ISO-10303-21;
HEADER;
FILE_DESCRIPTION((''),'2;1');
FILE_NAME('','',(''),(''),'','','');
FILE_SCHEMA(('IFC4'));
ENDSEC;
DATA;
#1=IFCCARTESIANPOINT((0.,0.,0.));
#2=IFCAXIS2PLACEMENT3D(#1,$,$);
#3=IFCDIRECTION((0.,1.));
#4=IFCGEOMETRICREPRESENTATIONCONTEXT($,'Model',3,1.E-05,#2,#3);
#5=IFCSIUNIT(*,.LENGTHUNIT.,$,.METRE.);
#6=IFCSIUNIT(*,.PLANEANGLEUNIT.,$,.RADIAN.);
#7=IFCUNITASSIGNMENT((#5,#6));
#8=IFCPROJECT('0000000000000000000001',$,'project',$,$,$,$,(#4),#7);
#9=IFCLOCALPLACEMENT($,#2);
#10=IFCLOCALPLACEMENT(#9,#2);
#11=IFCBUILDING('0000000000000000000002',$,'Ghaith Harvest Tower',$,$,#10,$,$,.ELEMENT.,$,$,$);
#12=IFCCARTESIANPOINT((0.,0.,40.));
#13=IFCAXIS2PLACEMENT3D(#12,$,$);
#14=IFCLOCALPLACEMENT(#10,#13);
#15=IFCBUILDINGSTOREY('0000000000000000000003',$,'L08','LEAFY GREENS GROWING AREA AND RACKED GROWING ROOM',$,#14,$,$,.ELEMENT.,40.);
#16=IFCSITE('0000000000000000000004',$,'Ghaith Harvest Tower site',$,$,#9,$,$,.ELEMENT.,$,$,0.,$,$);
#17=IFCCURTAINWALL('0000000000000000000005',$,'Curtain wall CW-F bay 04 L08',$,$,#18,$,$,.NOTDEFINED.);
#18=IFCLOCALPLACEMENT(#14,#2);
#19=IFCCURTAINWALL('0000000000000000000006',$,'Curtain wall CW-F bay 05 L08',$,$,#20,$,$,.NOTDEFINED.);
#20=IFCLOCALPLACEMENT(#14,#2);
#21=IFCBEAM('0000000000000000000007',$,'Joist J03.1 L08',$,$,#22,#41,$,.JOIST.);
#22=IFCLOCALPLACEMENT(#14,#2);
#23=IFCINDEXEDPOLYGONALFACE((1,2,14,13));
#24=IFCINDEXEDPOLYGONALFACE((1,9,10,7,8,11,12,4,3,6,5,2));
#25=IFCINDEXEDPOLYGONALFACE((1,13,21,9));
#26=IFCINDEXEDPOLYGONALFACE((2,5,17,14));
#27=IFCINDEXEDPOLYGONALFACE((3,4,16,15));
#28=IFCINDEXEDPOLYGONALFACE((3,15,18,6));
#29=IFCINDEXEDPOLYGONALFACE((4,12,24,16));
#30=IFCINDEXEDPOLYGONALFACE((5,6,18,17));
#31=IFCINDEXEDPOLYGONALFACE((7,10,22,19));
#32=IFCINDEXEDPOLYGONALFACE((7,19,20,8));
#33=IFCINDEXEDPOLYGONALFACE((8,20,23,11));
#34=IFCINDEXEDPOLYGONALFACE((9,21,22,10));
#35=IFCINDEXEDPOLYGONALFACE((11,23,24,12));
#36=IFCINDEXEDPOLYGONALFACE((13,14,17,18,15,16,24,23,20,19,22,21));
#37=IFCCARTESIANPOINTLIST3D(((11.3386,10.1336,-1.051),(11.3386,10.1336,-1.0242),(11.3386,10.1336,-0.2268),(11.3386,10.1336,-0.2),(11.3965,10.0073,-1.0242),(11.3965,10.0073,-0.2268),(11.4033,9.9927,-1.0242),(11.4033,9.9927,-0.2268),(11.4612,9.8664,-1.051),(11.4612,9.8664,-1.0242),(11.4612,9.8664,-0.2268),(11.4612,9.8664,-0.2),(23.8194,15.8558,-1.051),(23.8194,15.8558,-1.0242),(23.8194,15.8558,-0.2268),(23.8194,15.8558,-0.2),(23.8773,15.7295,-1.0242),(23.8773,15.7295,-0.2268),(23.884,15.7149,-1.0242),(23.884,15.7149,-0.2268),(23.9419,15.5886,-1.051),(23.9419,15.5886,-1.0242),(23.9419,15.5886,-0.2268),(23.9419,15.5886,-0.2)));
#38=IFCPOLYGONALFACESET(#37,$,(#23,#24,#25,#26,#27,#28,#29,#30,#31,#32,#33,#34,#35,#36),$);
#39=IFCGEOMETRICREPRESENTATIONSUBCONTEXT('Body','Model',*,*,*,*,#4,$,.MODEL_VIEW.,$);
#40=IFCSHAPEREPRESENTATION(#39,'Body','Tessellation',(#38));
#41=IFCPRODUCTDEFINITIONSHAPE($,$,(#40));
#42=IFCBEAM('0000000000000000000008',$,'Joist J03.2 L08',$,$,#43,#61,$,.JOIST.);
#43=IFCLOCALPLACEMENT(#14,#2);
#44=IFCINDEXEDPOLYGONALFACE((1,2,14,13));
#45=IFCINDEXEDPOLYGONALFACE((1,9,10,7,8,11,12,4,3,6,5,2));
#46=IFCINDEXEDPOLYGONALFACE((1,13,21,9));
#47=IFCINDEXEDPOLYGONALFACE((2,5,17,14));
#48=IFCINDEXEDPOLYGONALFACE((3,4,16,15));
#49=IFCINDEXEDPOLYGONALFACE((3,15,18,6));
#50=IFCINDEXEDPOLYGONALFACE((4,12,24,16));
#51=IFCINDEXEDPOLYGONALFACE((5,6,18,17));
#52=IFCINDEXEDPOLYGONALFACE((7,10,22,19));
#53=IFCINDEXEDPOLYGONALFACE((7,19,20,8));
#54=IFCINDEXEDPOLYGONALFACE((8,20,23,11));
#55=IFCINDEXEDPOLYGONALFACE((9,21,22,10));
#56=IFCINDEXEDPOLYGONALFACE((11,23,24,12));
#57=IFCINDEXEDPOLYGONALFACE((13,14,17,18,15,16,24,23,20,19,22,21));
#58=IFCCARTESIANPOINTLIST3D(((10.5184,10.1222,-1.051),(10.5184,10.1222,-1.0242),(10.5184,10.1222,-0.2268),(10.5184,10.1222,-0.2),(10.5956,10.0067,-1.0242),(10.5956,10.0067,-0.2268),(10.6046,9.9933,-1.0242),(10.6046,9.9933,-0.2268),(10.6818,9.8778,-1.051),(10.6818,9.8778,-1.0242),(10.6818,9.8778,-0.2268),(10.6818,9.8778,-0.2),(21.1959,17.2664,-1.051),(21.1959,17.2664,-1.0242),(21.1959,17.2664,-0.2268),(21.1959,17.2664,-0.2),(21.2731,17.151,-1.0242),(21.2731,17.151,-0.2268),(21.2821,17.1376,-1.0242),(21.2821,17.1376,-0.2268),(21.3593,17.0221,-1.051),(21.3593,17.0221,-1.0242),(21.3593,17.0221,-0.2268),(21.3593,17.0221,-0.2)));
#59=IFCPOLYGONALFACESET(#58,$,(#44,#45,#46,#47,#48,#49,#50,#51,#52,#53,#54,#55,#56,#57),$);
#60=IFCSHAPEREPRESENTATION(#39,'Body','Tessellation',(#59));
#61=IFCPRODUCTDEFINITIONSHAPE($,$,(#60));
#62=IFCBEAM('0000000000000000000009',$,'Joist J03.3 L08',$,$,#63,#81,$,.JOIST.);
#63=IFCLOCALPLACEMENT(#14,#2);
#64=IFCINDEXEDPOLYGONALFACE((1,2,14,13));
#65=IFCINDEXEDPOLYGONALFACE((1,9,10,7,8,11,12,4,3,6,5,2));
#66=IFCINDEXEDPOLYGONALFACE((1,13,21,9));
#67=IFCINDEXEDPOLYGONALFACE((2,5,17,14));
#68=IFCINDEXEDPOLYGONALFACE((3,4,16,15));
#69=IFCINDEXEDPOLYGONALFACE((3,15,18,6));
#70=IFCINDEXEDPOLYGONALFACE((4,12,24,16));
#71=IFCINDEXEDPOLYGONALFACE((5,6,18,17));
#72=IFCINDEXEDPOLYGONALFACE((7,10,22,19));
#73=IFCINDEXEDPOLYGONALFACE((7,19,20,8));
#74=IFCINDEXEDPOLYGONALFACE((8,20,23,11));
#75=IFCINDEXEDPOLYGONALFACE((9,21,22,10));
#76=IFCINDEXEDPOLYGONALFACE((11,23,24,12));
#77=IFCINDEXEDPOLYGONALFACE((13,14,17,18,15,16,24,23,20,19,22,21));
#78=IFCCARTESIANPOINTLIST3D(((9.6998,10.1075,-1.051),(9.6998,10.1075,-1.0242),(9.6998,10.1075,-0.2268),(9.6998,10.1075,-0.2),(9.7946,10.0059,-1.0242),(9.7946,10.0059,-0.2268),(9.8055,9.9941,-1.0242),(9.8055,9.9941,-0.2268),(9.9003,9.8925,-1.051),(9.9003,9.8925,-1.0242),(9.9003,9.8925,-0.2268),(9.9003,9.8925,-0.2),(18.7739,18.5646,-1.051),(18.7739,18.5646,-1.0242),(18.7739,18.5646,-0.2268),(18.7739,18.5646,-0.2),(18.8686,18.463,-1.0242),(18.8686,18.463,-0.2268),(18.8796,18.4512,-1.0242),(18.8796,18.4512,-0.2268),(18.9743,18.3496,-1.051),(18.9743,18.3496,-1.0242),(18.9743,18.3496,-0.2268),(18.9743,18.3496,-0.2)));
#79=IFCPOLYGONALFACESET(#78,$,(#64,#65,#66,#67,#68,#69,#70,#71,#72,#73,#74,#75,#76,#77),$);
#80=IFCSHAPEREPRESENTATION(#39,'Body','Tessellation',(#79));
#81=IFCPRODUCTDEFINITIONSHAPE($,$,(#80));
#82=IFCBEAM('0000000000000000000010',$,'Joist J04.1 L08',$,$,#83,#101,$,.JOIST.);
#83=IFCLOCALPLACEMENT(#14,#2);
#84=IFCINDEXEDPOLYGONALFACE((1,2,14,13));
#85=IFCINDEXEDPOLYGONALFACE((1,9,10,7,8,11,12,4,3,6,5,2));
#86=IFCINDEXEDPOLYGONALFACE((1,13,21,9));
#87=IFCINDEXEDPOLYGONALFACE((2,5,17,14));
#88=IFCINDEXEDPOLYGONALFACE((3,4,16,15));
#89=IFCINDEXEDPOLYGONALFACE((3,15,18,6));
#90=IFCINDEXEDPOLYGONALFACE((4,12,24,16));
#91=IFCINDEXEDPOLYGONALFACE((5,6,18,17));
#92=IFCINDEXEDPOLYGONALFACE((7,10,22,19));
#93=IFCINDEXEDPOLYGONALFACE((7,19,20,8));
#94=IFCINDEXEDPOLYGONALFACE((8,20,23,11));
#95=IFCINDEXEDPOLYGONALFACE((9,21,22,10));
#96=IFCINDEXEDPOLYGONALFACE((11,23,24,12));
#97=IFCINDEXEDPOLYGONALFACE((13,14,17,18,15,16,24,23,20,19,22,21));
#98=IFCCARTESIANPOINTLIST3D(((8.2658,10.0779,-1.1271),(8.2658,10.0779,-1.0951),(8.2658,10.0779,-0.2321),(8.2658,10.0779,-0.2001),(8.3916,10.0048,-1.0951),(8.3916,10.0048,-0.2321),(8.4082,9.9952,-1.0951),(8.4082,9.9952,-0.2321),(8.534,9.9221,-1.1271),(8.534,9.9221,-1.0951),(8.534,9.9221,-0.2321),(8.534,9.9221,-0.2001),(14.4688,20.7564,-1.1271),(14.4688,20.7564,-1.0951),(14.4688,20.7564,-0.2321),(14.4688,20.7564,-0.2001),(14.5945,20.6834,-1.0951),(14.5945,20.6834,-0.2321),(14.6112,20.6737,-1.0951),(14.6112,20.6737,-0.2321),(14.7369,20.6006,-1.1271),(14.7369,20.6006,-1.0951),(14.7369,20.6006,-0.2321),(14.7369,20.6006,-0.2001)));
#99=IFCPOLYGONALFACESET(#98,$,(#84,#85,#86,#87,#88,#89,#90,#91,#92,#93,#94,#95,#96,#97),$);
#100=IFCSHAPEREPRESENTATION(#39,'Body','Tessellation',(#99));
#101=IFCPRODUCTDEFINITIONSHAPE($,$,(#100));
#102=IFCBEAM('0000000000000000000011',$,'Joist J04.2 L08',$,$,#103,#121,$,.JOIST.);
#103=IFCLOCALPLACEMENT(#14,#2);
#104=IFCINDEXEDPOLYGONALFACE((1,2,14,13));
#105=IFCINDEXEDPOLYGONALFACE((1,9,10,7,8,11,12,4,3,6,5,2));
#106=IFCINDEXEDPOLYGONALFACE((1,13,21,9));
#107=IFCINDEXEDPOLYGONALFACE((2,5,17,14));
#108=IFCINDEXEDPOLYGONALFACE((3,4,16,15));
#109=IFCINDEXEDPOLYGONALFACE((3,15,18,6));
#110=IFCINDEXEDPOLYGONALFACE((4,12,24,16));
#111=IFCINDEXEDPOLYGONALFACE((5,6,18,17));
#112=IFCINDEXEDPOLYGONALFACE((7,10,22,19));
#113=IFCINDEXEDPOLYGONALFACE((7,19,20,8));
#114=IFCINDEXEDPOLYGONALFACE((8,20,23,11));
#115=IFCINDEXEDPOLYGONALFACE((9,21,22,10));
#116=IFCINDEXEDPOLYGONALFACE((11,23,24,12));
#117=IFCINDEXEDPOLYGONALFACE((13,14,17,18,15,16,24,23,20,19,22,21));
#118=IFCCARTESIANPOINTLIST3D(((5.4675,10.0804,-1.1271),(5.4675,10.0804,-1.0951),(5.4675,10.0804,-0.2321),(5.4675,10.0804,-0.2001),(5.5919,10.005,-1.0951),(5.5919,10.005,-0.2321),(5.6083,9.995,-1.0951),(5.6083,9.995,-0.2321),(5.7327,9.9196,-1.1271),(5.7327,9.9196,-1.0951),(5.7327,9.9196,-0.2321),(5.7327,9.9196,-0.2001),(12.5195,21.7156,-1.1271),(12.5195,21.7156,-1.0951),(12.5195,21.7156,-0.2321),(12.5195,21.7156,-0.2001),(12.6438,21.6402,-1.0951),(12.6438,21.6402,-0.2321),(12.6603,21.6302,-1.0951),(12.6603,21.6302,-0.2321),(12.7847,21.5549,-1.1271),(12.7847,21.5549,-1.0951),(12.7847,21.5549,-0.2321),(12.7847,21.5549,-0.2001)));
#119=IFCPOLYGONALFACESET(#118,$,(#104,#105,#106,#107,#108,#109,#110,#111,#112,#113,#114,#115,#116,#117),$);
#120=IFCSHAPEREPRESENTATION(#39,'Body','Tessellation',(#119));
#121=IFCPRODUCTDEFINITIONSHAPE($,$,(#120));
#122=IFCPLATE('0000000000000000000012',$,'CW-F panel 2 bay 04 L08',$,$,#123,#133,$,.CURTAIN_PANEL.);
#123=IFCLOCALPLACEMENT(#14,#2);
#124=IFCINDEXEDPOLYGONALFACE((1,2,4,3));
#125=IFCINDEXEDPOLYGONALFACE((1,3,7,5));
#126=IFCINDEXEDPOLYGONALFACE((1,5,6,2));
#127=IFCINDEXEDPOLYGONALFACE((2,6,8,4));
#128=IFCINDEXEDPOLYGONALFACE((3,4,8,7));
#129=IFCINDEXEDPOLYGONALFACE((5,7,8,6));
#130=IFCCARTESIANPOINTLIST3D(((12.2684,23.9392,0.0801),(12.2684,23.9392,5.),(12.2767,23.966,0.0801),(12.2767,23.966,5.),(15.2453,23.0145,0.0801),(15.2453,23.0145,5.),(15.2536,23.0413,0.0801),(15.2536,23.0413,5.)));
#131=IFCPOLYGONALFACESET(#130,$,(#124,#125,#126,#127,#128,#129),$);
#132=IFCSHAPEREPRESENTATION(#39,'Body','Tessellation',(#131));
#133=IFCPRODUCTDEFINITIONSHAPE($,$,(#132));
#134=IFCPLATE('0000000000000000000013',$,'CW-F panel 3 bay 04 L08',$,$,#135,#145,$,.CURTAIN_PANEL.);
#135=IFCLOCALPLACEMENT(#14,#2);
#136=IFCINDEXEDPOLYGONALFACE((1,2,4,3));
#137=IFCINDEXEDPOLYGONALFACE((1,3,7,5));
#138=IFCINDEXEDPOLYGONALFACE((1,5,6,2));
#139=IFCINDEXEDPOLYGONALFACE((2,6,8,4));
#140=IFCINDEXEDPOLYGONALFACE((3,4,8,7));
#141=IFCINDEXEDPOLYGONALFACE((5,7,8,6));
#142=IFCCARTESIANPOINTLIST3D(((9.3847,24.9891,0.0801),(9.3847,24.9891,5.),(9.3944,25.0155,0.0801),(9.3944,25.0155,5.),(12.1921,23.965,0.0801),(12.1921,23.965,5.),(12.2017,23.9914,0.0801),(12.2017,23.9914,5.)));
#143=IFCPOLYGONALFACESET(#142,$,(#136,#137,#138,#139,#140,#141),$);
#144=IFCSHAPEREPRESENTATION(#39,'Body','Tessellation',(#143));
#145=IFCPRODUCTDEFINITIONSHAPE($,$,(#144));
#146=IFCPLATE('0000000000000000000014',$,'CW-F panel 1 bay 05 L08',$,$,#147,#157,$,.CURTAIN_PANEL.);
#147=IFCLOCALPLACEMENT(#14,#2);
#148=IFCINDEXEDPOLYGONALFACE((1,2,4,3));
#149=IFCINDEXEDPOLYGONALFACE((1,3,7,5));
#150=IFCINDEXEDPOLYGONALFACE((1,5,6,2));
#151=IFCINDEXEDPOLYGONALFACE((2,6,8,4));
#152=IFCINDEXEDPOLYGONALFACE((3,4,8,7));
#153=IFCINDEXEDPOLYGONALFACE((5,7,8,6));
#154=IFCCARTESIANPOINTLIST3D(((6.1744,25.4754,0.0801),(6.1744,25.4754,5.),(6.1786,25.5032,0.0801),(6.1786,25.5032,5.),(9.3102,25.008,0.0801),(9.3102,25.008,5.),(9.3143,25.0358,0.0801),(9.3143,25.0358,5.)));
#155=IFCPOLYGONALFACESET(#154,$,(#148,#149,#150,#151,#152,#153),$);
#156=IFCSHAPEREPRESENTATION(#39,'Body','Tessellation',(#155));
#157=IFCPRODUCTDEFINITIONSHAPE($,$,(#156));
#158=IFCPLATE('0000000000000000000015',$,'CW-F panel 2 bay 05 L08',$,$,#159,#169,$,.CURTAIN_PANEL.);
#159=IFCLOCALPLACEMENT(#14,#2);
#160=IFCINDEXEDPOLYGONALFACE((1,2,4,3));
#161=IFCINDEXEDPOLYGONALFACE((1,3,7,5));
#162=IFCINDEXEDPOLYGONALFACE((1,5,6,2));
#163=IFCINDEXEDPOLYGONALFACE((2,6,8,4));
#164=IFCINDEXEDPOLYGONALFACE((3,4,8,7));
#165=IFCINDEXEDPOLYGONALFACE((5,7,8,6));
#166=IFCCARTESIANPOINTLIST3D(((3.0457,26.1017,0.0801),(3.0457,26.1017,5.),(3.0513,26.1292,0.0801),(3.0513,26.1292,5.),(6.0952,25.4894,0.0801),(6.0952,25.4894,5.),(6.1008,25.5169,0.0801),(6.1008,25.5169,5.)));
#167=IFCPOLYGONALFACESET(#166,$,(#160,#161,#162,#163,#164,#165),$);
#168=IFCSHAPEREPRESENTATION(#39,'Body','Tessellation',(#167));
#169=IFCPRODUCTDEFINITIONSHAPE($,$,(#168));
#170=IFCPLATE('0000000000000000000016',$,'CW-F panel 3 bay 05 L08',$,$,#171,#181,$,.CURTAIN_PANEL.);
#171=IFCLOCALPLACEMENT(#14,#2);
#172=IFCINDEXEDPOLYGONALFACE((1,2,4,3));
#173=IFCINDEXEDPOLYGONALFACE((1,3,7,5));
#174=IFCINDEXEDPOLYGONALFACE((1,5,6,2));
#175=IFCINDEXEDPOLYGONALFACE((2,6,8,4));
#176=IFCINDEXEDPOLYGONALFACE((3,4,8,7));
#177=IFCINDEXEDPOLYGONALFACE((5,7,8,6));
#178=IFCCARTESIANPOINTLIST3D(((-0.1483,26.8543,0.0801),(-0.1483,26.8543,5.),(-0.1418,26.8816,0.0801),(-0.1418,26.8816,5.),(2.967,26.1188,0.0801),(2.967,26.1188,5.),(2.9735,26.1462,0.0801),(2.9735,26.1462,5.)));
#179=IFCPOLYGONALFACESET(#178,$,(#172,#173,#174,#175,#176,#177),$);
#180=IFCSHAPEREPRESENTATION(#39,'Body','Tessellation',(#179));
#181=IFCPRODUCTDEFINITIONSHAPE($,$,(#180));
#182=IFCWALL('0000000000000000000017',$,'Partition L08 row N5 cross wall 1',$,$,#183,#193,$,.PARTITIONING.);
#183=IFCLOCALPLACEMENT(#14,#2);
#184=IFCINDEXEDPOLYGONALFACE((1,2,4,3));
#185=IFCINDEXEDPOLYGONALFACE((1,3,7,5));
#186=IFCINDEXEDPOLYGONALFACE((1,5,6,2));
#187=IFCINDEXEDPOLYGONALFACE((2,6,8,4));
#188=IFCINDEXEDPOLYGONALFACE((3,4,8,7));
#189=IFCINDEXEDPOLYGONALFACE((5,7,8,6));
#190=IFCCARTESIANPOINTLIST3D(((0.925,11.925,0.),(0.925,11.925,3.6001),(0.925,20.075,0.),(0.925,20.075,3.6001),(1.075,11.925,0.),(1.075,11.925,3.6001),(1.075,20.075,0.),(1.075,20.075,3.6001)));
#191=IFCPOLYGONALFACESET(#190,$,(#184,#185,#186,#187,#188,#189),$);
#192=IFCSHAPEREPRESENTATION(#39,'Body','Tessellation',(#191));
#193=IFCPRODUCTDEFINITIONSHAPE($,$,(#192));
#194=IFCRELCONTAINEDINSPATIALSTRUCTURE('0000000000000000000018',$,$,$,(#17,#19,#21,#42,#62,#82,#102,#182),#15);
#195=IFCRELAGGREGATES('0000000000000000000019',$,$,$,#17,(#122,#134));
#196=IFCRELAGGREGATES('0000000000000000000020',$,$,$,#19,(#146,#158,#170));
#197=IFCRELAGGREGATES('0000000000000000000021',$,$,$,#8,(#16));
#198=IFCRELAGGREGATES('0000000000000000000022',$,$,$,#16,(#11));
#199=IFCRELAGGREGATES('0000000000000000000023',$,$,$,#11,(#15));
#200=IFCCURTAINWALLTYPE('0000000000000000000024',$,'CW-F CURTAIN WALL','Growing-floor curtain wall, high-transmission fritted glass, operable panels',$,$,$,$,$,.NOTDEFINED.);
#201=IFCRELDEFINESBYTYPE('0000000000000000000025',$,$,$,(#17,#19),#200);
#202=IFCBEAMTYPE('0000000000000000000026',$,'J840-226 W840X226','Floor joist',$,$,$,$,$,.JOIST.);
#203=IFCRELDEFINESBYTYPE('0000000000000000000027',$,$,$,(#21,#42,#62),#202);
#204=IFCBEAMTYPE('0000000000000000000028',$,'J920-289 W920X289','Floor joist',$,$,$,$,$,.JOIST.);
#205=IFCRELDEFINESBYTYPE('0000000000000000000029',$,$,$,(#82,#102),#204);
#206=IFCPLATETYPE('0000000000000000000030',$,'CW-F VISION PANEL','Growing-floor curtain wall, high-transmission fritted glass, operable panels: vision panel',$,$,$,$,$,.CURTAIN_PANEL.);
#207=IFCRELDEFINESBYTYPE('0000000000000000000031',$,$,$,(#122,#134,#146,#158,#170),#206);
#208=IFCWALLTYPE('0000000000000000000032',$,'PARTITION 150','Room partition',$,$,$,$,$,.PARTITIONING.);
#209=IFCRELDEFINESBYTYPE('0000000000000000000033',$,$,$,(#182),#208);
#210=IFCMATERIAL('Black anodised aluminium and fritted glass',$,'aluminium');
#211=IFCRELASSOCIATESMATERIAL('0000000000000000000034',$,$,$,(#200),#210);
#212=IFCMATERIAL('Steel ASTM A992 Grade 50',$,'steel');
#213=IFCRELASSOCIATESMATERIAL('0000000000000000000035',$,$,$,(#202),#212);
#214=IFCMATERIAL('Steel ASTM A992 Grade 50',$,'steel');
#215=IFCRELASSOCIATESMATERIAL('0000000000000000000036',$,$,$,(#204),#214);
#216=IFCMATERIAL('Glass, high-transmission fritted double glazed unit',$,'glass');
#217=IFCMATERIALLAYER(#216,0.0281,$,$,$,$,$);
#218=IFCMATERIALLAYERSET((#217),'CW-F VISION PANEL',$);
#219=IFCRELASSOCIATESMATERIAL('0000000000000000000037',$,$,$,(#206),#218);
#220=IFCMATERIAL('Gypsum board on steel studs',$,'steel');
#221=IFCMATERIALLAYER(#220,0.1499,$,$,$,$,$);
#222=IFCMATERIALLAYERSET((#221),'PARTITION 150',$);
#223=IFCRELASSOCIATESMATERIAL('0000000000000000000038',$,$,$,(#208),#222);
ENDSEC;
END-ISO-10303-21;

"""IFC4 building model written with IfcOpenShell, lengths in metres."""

from ifc_helpers import new_model, si_unit, direction, frame, frame_2d, origin, origin_2d, place, context, subcontext, project, spatial, rectangle, i_section, extrude, material, layer, layer_set, material_profile, profile_set, type_object, element, aggregate, save


model = new_model("IFC4")

# Units and contexts
model_context = context("Model", 3, precision=1e-05, world=origin(), true_north=direction((0.0, 1.0)))
body_context = subcontext(model_context, "Body", "Model", "MODEL_VIEW")
ifc_project = project(units=[si_unit("LENGTHUNIT", "METRE"), si_unit("PLANEANGLEUNIT", "RADIAN")], contexts=[model_context])

# Site, building, storey
site_placement = place(None, origin())
site = spatial("IfcSite", under=ifc_project, at=site_placement, Name="Ghaith Harvest Tower site", CompositionType="ELEMENT", RefElevation=0.0)
building_placement = place(site_placement, origin())
building = spatial("IfcBuilding", under=site, at=building_placement, Name="Ghaith Harvest Tower", CompositionType="ELEMENT")
storey_placement = place(building_placement, frame((0.0, 0.0, 40.0)))
storey = spatial("IfcBuildingStorey", under=building, at=storey_placement, Name="L08", Description="LEAFY GREENS GROWING AREA AND RACKED GROWING ROOM", CompositionType="ELEMENT", Elevation=40.0)

# Curtain wall
ifc_material_1 = material(Name="Black anodised aluminium and fritted glass", Category="aluminium")
curtain_wall_type = type_object("IfcCurtainWallType", Name="CW-F CURTAIN WALL", Description="Growing-floor curtain wall, high-transmission fritted glass, operable panels", PredefinedType="NOTDEFINED", material=ifc_material_1)
curtain_wall_1_placement = place(storey_placement, origin())
curtain_wall_1 = element("IfcCurtainWall", 1, at=curtain_wall_1_placement, inside=storey, type_object=curtain_wall_type, Name="Curtain wall CW-F bay 04 L08", PredefinedType="NOTDEFINED")

# Curtain wall
curtain_wall_2_placement = place(storey_placement, origin())
curtain_wall_2 = element("IfcCurtainWall", 2, at=curtain_wall_2_placement, inside=storey, type_object=curtain_wall_type, Name="Curtain wall CW-F bay 05 L08", PredefinedType="NOTDEFINED")

# Beams
ifc_material_2 = material(Name="Steel ASTM A992 Grade 50", Category="steel")
ifc_material_profile_1 = material_profile(ifc_material_2, i_section(OverallWidth=0.2939, OverallDepth=0.8511, WebThickness=0.0161, FlangeThickness=0.0269, at=origin_2d()), Name="W840X226")
ifc_profile_set_1 = profile_set([ifc_material_profile_1], Name="Steel ASTM A992 Grade 50")
beam_type_1 = type_object("IfcBeamType", Name="J840-226 W840X226", Description="Floor joist", PredefinedType="JOIST", material=ifc_profile_set_1)
beam_1_placement = place(storey_placement, frame((11.3999, 10.0, -0.6255), z_axis=(0.909014, 0.416766, 0.0), x_axis=(-0.416766, 0.909014, 0.0)))
element("IfcBeam", 3, at=beam_1_placement, inside=storey, type_object=beam_type_1, Name="Joist J03.1 L08", PredefinedType="JOIST", context=body_context, shape_type="SweptSolid", body=[
    extrude(i_section(OverallWidth=0.2939, OverallDepth=0.8511, WebThickness=0.0161, FlangeThickness=0.0269, at=origin_2d()), origin(), (0.0, 0.0, 1.0), 13.73),
])
beam_2_placement = place(storey_placement, frame((10.6001, 10.0, -0.6255), z_axis=(0.831116, 0.556098, 0.0), x_axis=(-0.556098, 0.831116, 0.0)))
element("IfcBeam", 4, at=beam_2_placement, inside=storey, type_object=beam_type_1, Name="Joist J03.2 L08", PredefinedType="JOIST", context=body_context, shape_type="SweptSolid", body=[
    extrude(i_section(OverallWidth=0.2939, OverallDepth=0.8511, WebThickness=0.0161, FlangeThickness=0.0269, at=origin_2d()), origin(), (0.0, 0.0, 1.0), 12.8472),
])
beam_3_placement = place(storey_placement, frame((9.8, 10.0, -0.6255), z_axis=(0.731538, 0.681801, 0.0), x_axis=(-0.681801, 0.731538, 0.0)))
element("IfcBeam", 5, at=beam_3_placement, inside=storey, type_object=beam_type_1, Name="Joist J03.3 L08", PredefinedType="JOIST", context=body_context, shape_type="SweptSolid", body=[
    extrude(i_section(OverallWidth=0.2939, OverallDepth=0.8511, WebThickness=0.0161, FlangeThickness=0.0269, at=origin_2d()), origin(), (0.0, 0.0, 1.0), 12.4041),
])
ifc_material_3 = material(Name="Steel ASTM A992 Grade 50", Category="steel")
ifc_material_profile_2 = material_profile(ifc_material_3, i_section(OverallWidth=0.3101, OverallDepth=0.927, WebThickness=0.0193, FlangeThickness=0.032, at=origin_2d()), Name="W920X289")
ifc_profile_set_2 = profile_set([ifc_material_profile_2], Name="Steel ASTM A992 Grade 50")
beam_type_2 = type_object("IfcBeamType", Name="J920-289 W920X289", Description="Floor joist", PredefinedType="JOIST", material=ifc_profile_set_2)
beam_4_placement = place(storey_placement, frame((8.3999, 10.0, -0.6636), z_axis=(0.502286, 0.864702, 0.0), x_axis=(-0.864702, 0.502286, 0.0)))
element("IfcBeam", 6, at=beam_4_placement, inside=storey, type_object=beam_type_2, Name="Joist J04.1 L08", PredefinedType="JOIST", context=body_context, shape_type="SweptSolid", body=[
    extrude(i_section(OverallWidth=0.3101, OverallDepth=0.927, WebThickness=0.0193, FlangeThickness=0.032, at=origin_2d()), origin(), (0.0, 0.0, 1.0), 12.3494),
])
beam_5_placement = place(storey_placement, frame((5.6001, 10.0, -0.6636), z_axis=(0.51832, 0.855187, 0.0), x_axis=(-0.855187, 0.51832, 0.0)))
element("IfcBeam", 7, at=beam_5_placement, inside=storey, type_object=beam_type_2, Name="Joist J04.2 L08", PredefinedType="JOIST", context=body_context, shape_type="SweptSolid", body=[
    extrude(i_section(OverallWidth=0.3101, OverallDepth=0.927, WebThickness=0.0193, FlangeThickness=0.032, at=origin_2d()), origin(), (0.0, 0.0, 1.0), 13.6055),
])

# Plates
ifc_material_4 = material(Name="Glass, high-transmission fritted double glazed unit", Category="glass")
ifc_layer_1 = layer(ifc_material_4, 0.0281)
ifc_layer_set_1 = layer_set([ifc_layer_1], Name="CW-F VISION PANEL")
plate_type = type_object("IfcPlateType", Name="CW-F VISION PANEL", Description="Growing-floor curtain wall, high-transmission fritted glass, operable panels: vision panel", PredefinedType="CURTAIN_PANEL", material=ifc_layer_set_1)
plate_1_placement = place(storey_placement, frame((13.761, 23.4902, 0.0801), z_axis=(0.0, 0.0, 1.0), x_axis=(-0.954988, 0.296644, 0.0)))
plate_1 = element("IfcPlate", 8, at=plate_1_placement, type_object=plate_type, Name="CW-F panel 2 bay 04 L08", PredefinedType="CURTAIN_PANEL", context=body_context, shape_type="SweptSolid", body=[
    extrude(rectangle(XDim=3.1172, YDim=0.0281, at=origin_2d()), origin(), (0.0, 0.0, 1.0), 4.9199),
])
plate_2_placement = place(storey_placement, frame((10.7932, 24.4902, 0.0801), z_axis=(0.0, 0.0, 1.0), x_axis=(-0.939438, 0.342718, 0.0)))
plate_2 = element("IfcPlate", 9, at=plate_2_placement, type_object=plate_type, Name="CW-F panel 3 bay 04 L08", PredefinedType="CURTAIN_PANEL", context=body_context, shape_type="SweptSolid", body=[
    extrude(rectangle(XDim=2.9883, YDim=0.0281, at=origin_2d()), origin(), (0.0, 0.0, 1.0), 4.9199),
])
aggregate(curtain_wall_1, [plate_1, plate_2])
plate_3_placement = place(storey_placement, frame((7.7444, 25.2556, 0.0801), z_axis=(0.0, 0.0, 1.0), x_axis=(-0.989074, 0.147418, 0.0)))
plate_3 = element("IfcPlate", 10, at=plate_3_placement, type_object=plate_type, Name="CW-F panel 1 bay 05 L08", PredefinedType="CURTAIN_PANEL", context=body_context, shape_type="SweptSolid", body=[
    extrude(rectangle(XDim=3.1704, YDim=0.0281, at=origin_2d()), origin(), (0.0, 0.0, 1.0), 4.9199),
])
plate_4_placement = place(storey_placement, frame((4.5732, 25.8093, 0.0801), z_axis=(0.0, 0.0, 1.0), x_axis=(-0.980432, 0.196856, 0.0)))
plate_4 = element("IfcPlate", 11, at=plate_4_placement, type_object=plate_type, Name="CW-F panel 2 bay 05 L08", PredefinedType="CURTAIN_PANEL", context=body_context, shape_type="SweptSolid", body=[
    extrude(rectangle(XDim=3.1104, YDim=0.0281, at=origin_2d()), origin(), (0.0, 0.0, 1.0), 4.9199),
])
plate_5_placement = place(storey_placement, frame((1.4126, 26.5002, 0.0801), z_axis=(0.0, 0.0, 1.0), x_axis=(-0.973246, 0.229766, 0.0)))
plate_5 = element("IfcPlate", 12, at=plate_5_placement, type_object=plate_type, Name="CW-F panel 3 bay 05 L08", PredefinedType="CURTAIN_PANEL", context=body_context, shape_type="SweptSolid", body=[
    extrude(rectangle(XDim=3.2009, YDim=0.0281, at=origin_2d()), origin(), (0.0, 0.0, 1.0), 4.9199),
])
aggregate(curtain_wall_2, [plate_3, plate_4, plate_5])

# Wall
ifc_material_5 = material(Name="Gypsum board on steel studs", Category="steel")
ifc_layer_2 = layer(ifc_material_5, 0.1499)
ifc_layer_set_2 = layer_set([ifc_layer_2], Name="PARTITION 150")
wall_type = type_object("IfcWallType", Name="PARTITION 150", Description="Room partition", PredefinedType="PARTITIONING", material=ifc_layer_set_2)
for number, where, z_axis, x_axis, name in (
    (13, (1.0, 11.925, 0.0), (0.0, 0.0, 1.0), (0.0, 1.0, 0.0), "Partition L08 row N5 cross wall 1"),
):
    element("IfcWall", number, at=place(storey_placement, frame(where, z_axis=z_axis, x_axis=x_axis)), inside=storey, type_object=wall_type, Name=name, PredefinedType="PARTITIONING", context=body_context, shape_type="SweptSolid", body=[
        extrude(rectangle(XDim=8.1499, YDim=0.1499, at=frame_2d((4.075, 0.0))), origin(), (0.0, 0.0, 1.0), 3.6001),
    ])

save(model, "model.ifc")
